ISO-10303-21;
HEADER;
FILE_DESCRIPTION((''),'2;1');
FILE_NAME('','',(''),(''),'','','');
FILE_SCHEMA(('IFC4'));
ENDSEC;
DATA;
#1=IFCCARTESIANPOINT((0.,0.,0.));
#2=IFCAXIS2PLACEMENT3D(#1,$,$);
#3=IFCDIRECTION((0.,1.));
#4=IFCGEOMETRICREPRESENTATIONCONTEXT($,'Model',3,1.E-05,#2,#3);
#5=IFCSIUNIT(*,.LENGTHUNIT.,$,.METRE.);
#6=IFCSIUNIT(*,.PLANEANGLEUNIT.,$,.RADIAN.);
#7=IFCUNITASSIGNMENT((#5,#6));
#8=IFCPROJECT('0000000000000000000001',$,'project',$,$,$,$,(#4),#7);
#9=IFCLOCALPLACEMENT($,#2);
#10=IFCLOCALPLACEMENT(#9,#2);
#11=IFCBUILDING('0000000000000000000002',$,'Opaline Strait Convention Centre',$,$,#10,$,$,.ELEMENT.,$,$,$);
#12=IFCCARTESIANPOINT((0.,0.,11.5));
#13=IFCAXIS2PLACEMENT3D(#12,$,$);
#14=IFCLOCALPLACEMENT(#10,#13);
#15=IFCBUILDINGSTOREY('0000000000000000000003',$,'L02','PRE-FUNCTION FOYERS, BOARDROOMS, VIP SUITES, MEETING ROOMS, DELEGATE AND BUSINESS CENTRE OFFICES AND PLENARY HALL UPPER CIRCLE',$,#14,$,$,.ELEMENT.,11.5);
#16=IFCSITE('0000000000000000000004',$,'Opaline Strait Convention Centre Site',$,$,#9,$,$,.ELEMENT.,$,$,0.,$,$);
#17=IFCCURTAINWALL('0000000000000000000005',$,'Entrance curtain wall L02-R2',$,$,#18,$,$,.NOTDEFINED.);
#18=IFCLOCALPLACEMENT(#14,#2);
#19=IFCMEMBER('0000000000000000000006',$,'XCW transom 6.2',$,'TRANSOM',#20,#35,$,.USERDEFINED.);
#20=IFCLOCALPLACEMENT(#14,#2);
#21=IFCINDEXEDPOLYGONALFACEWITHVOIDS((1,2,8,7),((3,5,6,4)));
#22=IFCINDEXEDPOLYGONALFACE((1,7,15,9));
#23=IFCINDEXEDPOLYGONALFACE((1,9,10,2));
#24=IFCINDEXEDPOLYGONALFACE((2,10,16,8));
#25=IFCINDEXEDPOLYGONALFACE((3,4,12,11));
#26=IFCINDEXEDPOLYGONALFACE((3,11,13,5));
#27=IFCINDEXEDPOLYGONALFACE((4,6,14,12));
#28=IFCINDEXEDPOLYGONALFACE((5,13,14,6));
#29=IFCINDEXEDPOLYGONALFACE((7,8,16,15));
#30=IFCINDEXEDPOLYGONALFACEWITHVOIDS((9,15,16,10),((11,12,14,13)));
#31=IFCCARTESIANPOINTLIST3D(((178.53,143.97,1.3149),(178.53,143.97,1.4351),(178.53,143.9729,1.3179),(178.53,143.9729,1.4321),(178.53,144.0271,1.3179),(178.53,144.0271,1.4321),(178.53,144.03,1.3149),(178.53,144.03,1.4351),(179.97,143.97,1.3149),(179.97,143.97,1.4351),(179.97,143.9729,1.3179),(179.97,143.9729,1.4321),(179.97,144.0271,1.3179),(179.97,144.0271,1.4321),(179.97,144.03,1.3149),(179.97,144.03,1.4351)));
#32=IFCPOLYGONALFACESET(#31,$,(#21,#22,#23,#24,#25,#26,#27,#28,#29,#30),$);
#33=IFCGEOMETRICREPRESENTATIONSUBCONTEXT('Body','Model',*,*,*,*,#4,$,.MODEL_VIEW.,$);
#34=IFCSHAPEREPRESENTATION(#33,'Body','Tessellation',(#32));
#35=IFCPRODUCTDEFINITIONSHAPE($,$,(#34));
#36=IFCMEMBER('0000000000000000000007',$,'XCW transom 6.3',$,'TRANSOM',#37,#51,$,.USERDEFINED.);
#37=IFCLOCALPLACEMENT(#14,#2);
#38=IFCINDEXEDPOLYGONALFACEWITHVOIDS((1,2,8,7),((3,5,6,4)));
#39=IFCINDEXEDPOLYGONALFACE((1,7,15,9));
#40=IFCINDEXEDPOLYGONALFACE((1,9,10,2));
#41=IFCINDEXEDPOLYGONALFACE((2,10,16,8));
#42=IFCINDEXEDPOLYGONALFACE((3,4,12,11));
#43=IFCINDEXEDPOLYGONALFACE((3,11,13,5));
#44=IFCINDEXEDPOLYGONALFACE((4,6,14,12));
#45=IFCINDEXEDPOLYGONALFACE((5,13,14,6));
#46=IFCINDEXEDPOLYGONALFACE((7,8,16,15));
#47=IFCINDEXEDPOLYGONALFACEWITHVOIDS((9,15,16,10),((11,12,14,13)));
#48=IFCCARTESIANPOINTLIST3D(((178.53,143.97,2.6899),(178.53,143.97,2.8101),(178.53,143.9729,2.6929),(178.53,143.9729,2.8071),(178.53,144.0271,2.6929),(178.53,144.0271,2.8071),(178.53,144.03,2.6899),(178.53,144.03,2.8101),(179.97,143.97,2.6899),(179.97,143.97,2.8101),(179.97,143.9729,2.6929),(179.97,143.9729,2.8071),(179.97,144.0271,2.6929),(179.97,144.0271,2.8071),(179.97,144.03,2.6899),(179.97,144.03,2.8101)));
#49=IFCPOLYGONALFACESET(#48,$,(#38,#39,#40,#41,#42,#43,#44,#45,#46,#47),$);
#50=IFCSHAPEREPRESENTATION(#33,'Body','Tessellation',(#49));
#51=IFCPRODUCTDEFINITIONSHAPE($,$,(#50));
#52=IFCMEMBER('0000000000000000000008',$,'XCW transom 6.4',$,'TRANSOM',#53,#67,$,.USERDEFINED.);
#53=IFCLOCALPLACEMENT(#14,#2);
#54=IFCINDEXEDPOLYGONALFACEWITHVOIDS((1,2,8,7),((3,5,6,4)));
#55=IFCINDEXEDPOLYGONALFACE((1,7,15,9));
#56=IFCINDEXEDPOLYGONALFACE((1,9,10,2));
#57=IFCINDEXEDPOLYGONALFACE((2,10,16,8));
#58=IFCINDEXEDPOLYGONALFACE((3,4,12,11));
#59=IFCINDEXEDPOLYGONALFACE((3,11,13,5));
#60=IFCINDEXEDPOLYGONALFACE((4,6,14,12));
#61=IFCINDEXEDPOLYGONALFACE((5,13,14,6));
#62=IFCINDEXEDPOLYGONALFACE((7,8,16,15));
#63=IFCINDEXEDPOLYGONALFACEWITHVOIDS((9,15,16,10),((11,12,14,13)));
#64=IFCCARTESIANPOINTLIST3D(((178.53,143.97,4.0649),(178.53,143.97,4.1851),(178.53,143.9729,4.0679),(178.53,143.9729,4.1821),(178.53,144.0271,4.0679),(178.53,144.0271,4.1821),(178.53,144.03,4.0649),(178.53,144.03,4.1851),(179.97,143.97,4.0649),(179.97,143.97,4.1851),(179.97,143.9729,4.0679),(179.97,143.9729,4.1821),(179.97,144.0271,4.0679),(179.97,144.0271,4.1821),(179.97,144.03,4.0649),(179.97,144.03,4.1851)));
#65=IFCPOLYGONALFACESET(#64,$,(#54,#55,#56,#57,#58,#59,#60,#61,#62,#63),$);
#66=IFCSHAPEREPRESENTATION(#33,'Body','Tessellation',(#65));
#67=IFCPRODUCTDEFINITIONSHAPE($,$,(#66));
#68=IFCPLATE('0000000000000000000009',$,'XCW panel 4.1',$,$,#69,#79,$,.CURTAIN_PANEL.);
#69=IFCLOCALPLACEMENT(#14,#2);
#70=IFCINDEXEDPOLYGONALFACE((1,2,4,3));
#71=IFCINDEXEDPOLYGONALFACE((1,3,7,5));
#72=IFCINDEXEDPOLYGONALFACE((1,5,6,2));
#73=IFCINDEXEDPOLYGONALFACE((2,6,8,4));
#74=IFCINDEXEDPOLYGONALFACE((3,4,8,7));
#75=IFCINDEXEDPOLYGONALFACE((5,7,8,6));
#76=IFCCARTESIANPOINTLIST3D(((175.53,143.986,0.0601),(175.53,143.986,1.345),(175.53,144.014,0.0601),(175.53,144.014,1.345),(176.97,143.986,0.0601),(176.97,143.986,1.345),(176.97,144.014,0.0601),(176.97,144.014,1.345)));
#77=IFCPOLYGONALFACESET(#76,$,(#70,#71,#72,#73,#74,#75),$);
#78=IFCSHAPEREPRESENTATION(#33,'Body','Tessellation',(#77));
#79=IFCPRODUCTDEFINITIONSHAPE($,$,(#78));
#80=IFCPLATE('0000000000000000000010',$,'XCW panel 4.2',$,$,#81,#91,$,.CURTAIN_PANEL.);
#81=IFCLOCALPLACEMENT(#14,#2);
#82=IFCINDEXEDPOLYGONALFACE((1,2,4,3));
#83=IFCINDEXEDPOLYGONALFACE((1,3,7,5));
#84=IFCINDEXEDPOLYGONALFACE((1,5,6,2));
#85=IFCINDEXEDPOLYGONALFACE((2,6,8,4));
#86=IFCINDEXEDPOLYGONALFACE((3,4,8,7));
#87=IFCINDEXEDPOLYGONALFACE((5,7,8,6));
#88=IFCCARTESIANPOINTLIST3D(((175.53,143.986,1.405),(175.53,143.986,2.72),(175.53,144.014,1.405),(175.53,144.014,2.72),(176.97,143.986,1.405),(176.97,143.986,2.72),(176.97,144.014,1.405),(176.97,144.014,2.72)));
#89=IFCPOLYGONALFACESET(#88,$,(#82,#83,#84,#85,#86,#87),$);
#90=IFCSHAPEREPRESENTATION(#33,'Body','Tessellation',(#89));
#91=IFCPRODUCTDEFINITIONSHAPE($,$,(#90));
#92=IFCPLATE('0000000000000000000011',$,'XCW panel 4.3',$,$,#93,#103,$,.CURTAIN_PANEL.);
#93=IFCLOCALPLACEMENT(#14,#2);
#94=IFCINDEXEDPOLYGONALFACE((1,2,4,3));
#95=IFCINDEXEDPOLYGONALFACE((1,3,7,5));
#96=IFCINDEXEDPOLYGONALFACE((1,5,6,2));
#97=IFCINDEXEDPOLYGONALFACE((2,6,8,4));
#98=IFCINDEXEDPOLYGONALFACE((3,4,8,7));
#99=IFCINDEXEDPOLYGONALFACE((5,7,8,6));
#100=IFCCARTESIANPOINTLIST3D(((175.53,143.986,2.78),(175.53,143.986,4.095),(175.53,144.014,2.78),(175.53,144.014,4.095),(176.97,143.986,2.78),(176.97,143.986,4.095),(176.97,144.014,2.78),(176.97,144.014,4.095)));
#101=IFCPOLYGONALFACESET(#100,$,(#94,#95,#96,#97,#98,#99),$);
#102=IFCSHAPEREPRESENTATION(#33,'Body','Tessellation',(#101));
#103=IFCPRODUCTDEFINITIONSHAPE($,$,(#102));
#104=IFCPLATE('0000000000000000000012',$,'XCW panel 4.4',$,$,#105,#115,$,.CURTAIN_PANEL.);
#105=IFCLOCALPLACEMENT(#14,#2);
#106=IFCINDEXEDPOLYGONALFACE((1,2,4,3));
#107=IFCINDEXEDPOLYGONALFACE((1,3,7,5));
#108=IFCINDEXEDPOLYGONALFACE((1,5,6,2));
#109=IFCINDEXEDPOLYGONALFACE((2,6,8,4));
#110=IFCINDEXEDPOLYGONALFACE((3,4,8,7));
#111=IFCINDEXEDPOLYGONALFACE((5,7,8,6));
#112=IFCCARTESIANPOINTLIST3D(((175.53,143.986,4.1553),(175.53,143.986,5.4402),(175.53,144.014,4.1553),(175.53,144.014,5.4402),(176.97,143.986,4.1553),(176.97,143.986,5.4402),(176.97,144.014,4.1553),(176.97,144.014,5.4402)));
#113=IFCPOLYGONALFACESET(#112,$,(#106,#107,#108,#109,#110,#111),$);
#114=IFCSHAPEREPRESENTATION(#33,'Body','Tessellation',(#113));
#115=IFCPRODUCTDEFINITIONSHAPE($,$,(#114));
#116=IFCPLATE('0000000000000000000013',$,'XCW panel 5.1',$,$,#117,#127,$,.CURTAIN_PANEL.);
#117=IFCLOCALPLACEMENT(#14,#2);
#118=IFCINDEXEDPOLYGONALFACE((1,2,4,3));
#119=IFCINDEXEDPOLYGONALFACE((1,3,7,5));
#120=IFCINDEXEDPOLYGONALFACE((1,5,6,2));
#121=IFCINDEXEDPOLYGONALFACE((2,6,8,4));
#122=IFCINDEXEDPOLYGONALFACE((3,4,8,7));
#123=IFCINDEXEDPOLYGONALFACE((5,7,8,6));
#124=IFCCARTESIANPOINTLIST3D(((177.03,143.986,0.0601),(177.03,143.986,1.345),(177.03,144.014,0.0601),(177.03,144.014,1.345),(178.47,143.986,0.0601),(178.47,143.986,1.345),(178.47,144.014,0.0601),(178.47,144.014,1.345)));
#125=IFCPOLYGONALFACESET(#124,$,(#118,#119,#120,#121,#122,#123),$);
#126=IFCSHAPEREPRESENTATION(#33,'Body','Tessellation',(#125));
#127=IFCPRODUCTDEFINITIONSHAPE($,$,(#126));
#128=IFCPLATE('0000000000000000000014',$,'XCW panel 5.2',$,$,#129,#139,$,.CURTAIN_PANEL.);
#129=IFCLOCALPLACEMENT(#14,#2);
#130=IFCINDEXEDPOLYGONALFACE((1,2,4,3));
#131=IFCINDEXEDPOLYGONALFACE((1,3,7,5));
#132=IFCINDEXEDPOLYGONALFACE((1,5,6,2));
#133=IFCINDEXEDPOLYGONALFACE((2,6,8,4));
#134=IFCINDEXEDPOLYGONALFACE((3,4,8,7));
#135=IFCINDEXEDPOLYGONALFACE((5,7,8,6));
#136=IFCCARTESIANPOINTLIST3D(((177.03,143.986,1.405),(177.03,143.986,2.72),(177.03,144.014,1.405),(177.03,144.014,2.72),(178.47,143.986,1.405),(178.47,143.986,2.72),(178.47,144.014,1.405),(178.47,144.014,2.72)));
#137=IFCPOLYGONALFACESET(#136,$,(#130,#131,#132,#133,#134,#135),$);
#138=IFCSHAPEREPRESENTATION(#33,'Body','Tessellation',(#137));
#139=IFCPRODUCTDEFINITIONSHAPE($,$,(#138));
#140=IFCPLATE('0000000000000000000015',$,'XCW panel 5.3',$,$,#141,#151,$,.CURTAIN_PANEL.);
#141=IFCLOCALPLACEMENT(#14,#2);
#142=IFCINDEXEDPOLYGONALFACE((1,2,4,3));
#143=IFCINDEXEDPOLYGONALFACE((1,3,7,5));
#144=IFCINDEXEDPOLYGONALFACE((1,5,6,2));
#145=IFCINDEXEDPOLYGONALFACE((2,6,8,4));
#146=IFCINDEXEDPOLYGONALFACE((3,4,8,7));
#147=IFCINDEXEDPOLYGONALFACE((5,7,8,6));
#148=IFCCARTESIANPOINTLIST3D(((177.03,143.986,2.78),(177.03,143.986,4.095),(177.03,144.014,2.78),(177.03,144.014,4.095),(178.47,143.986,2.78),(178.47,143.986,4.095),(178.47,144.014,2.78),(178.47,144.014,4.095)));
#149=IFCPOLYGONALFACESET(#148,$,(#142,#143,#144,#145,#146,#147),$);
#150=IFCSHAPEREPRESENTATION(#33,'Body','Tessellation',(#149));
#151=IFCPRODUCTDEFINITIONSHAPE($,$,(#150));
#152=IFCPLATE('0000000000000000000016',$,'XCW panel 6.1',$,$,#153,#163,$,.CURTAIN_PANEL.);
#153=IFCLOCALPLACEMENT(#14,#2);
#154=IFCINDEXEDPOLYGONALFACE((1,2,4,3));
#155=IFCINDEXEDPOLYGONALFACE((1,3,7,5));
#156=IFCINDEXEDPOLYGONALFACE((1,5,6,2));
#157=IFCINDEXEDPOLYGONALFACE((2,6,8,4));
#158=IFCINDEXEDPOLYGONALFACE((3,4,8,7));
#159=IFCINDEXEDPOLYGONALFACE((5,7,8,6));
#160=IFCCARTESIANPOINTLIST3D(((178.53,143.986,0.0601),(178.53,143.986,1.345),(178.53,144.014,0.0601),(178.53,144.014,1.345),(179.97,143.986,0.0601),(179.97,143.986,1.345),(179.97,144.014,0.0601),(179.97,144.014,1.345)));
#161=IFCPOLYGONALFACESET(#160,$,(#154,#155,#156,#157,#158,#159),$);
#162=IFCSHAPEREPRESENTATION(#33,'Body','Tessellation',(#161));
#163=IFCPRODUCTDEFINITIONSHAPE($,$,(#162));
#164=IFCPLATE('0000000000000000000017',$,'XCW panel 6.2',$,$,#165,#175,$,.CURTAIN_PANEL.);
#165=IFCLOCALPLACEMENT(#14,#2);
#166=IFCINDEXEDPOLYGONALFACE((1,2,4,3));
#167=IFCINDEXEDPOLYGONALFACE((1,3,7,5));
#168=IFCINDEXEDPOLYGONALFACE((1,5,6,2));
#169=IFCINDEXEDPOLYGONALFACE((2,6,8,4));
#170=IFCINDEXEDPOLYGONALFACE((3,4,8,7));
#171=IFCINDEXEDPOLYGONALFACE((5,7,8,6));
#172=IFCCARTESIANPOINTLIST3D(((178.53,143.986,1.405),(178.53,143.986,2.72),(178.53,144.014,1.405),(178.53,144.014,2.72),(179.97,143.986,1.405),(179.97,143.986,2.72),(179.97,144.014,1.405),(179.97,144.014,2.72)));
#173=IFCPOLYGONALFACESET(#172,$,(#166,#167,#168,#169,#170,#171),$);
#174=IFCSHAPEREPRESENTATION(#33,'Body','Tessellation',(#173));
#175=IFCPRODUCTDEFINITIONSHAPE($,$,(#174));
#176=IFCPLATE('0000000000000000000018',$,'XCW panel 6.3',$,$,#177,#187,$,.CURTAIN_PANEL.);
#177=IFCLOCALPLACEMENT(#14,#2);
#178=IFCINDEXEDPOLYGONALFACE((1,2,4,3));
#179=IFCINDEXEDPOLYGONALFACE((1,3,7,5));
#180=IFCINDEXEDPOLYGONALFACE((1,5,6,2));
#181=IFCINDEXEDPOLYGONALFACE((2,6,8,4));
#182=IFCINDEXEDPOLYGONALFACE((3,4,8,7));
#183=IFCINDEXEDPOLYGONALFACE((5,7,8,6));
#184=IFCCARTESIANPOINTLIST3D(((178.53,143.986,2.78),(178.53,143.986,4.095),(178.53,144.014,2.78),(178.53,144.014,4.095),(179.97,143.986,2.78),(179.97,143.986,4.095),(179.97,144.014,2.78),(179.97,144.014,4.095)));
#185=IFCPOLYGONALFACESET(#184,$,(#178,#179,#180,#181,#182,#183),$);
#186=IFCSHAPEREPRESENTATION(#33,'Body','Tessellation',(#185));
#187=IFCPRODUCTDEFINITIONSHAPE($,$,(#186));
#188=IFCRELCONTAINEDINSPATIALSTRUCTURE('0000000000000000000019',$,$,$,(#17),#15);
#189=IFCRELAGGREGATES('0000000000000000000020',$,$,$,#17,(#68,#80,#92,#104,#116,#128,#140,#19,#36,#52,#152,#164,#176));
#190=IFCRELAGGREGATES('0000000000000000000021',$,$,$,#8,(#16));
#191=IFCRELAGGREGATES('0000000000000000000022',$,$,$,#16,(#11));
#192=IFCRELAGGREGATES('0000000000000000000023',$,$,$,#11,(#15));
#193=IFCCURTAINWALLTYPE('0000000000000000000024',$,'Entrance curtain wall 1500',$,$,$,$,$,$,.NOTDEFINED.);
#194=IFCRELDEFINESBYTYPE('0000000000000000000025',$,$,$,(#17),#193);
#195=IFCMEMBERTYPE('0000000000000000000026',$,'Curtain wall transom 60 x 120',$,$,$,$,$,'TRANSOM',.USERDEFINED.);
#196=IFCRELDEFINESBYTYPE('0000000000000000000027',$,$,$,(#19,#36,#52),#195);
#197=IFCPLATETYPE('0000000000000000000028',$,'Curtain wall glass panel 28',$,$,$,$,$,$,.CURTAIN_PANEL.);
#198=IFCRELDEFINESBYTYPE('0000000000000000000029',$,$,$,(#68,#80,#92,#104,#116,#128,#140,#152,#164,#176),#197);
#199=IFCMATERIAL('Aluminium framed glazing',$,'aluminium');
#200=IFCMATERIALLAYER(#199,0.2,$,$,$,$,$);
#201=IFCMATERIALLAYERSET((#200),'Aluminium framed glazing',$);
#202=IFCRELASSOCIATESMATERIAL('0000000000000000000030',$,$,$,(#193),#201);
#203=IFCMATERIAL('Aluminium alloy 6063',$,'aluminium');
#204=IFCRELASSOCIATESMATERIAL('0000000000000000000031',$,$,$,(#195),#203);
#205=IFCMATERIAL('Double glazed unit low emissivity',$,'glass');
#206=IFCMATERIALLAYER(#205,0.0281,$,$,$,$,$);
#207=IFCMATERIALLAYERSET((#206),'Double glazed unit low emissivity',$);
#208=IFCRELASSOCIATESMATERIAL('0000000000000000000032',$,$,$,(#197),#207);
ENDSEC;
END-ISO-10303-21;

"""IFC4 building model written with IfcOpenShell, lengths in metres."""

from ifc_helpers import new_model, si_unit, direction, frame, origin, origin_2d, place, context, subcontext, project, spatial, rectangle, hollow_rectangle, extrude, material, layer, layer_set, material_profile, profile_set, type_object, element, aggregate, save


model = new_model("IFC4")

# Units and contexts
model_context = context("Model", 3, precision=1e-05, world=origin(), true_north=direction((0.0, 1.0)))
body_context = subcontext(model_context, "Body", "Model", "MODEL_VIEW")
ifc_project = project(units=[si_unit("LENGTHUNIT", "METRE"), si_unit("PLANEANGLEUNIT", "RADIAN")], contexts=[model_context])

# Site, building, storey
site_placement = place(None, origin())
site = spatial("IfcSite", under=ifc_project, at=site_placement, Name="Opaline Strait Convention Centre Site", CompositionType="ELEMENT", RefElevation=0.0)
building_placement = place(site_placement, origin())
building = spatial("IfcBuilding", under=site, at=building_placement, Name="Opaline Strait Convention Centre", CompositionType="ELEMENT")
storey_placement = place(building_placement, frame((0.0, 0.0, 11.5)))
storey = spatial("IfcBuildingStorey", under=building, at=storey_placement, Name="L02", Description="PRE-FUNCTION FOYERS, BOARDROOMS, VIP SUITES, MEETING ROOMS, DELEGATE AND BUSINESS CENTRE OFFICES AND PLENARY HALL UPPER CIRCLE", CompositionType="ELEMENT", Elevation=11.5)

# Curtain wall, members, plates
ifc_material_1 = material(Name="Aluminium framed glazing", Category="aluminium")
ifc_layer_1 = layer(ifc_material_1, 0.2)
ifc_layer_set_1 = layer_set([ifc_layer_1], Name="Aluminium framed glazing")
curtain_wall_type = type_object("IfcCurtainWallType", Name="Entrance curtain wall 1500", PredefinedType="NOTDEFINED", material=ifc_layer_set_1)
curtain_wall_placement = place(storey_placement, origin())
curtain_wall = element("IfcCurtainWall", 1, at=curtain_wall_placement, inside=storey, type_object=curtain_wall_type, Name="Entrance curtain wall L02-R2", PredefinedType="NOTDEFINED")
ifc_material_2 = material(Name="Aluminium alloy 6063", Category="aluminium")
ifc_material_profile_1 = material_profile(ifc_material_2, hollow_rectangle(XDim=0.0601, YDim=0.1201, WallThickness=0.0029, at=origin_2d()), Name="TRANSOM 60x120x3")
ifc_profile_set_1 = profile_set([ifc_material_profile_1], Name="Aluminium alloy 6063")
member_type_1 = type_object("IfcMemberType", Name="Curtain wall transom 60 x 120", ElementType="TRANSOM", PredefinedType="USERDEFINED", material=ifc_profile_set_1)
member_1_placement = place(storey_placement, frame((178.53, 144.0, 1.375), z_axis=(1.0, 0.0, 0.0), x_axis=(0.0, 1.0, 0.0)))
member_1 = element("IfcMember", 2, at=member_1_placement, type_object=member_type_1, Name="XCW transom 6.2", ObjectType="TRANSOM", PredefinedType="USERDEFINED", context=body_context, shape_type="SweptSolid", body=[
    extrude(hollow_rectangle(XDim=0.0601, YDim=0.1201, WallThickness=0.0029, at=origin_2d()), origin(), (0.0, 0.0, 1.0), 1.4399),
])
member_2_placement = place(storey_placement, frame((178.53, 144.0, 2.75), z_axis=(1.0, 0.0, 0.0), x_axis=(0.0, 1.0, 0.0)))
member_2 = element("IfcMember", 3, at=member_2_placement, type_object=member_type_1, Name="XCW transom 6.3", ObjectType="TRANSOM", PredefinedType="USERDEFINED", context=body_context, shape_type="SweptSolid", body=[
    extrude(hollow_rectangle(XDim=0.0601, YDim=0.1201, WallThickness=0.0029, at=origin_2d()), origin(), (0.0, 0.0, 1.0), 1.4399),
])
member_3_placement = place(storey_placement, frame((178.53, 144.0, 4.125), z_axis=(1.0, 0.0, 0.0), x_axis=(0.0, 1.0, 0.0)))
member_3 = element("IfcMember", 4, at=member_3_placement, type_object=member_type_1, Name="XCW transom 6.4", ObjectType="TRANSOM", PredefinedType="USERDEFINED", context=body_context, shape_type="SweptSolid", body=[
    extrude(hollow_rectangle(XDim=0.0601, YDim=0.1201, WallThickness=0.0029, at=origin_2d()), origin(), (0.0, 0.0, 1.0), 1.4399),
])
ifc_material_3 = material(Name="Double glazed unit low emissivity", Category="glass")
ifc_layer_2 = layer(ifc_material_3, 0.0281)
ifc_layer_set_2 = layer_set([ifc_layer_2], Name="Double glazed unit low emissivity")
plate_type = type_object("IfcPlateType", Name="Curtain wall glass panel 28", PredefinedType="CURTAIN_PANEL", material=ifc_layer_set_2)
plate_1_placement = place(storey_placement, frame((176.25, 144.0, 0.0601), z_axis=(0.0, 0.0, 1.0), x_axis=(1.0, 0.0, 0.0)))
plate_1 = element("IfcPlate", 5, at=plate_1_placement, type_object=plate_type, Name="XCW panel 4.1", PredefinedType="CURTAIN_PANEL", context=body_context, shape_type="SweptSolid", body=[
    extrude(rectangle(XDim=1.4399, YDim=0.0281, at=origin_2d()), origin(), (0.0, 0.0, 1.0), 1.2849),
])
plate_2_placement = place(storey_placement, frame((176.25, 144.0, 1.405), z_axis=(0.0, 0.0, 1.0), x_axis=(1.0, 0.0, 0.0)))
plate_2 = element("IfcPlate", 6, at=plate_2_placement, type_object=plate_type, Name="XCW panel 4.2", PredefinedType="CURTAIN_PANEL", context=body_context, shape_type="SweptSolid", body=[
    extrude(rectangle(XDim=1.4399, YDim=0.0281, at=origin_2d()), origin(), (0.0, 0.0, 1.0), 1.3149),
])
plate_3_placement = place(storey_placement, frame((176.25, 144.0, 2.78), z_axis=(0.0, 0.0, 1.0), x_axis=(1.0, 0.0, 0.0)))
plate_3 = element("IfcPlate", 7, at=plate_3_placement, type_object=plate_type, Name="XCW panel 4.3", PredefinedType="CURTAIN_PANEL", context=body_context, shape_type="SweptSolid", body=[
    extrude(rectangle(XDim=1.4399, YDim=0.0281, at=origin_2d()), origin(), (0.0, 0.0, 1.0), 1.3149),
])
plate_4_placement = place(storey_placement, frame((176.25, 144.0, 4.1553), z_axis=(0.0, 0.0, 1.0), x_axis=(1.0, 0.0, 0.0)))
plate_4 = element("IfcPlate", 8, at=plate_4_placement, type_object=plate_type, Name="XCW panel 4.4", PredefinedType="CURTAIN_PANEL", context=body_context, shape_type="SweptSolid", body=[
    extrude(rectangle(XDim=1.4399, YDim=0.0281, at=origin_2d()), origin(), (0.0, 0.0, 1.0), 1.2849),
])
plate_5_placement = place(storey_placement, frame((177.75, 144.0, 0.0601), z_axis=(0.0, 0.0, 1.0), x_axis=(1.0, 0.0, 0.0)))
plate_5 = element("IfcPlate", 9, at=plate_5_placement, type_object=plate_type, Name="XCW panel 5.1", PredefinedType="CURTAIN_PANEL", context=body_context, shape_type="SweptSolid", body=[
    extrude(rectangle(XDim=1.4399, YDim=0.0281, at=origin_2d()), origin(), (0.0, 0.0, 1.0), 1.2849),
])
plate_6_placement = place(storey_placement, frame((177.75, 144.0, 1.405), z_axis=(0.0, 0.0, 1.0), x_axis=(1.0, 0.0, 0.0)))
plate_6 = element("IfcPlate", 10, at=plate_6_placement, type_object=plate_type, Name="XCW panel 5.2", PredefinedType="CURTAIN_PANEL", context=body_context, shape_type="SweptSolid", body=[
    extrude(rectangle(XDim=1.4399, YDim=0.0281, at=origin_2d()), origin(), (0.0, 0.0, 1.0), 1.3149),
])
plate_7_placement = place(storey_placement, frame((177.75, 144.0, 2.78), z_axis=(0.0, 0.0, 1.0), x_axis=(1.0, 0.0, 0.0)))
plate_7 = element("IfcPlate", 11, at=plate_7_placement, type_object=plate_type, Name="XCW panel 5.3", PredefinedType="CURTAIN_PANEL", context=body_context, shape_type="SweptSolid", body=[
    extrude(rectangle(XDim=1.4399, YDim=0.0281, at=origin_2d()), origin(), (0.0, 0.0, 1.0), 1.3149),
])
plate_8_placement = place(storey_placement, frame((179.25, 144.0, 0.0601), z_axis=(0.0, 0.0, 1.0), x_axis=(1.0, 0.0, 0.0)))
plate_8 = element("IfcPlate", 12, at=plate_8_placement, type_object=plate_type, Name="XCW panel 6.1", PredefinedType="CURTAIN_PANEL", context=body_context, shape_type="SweptSolid", body=[
    extrude(rectangle(XDim=1.4399, YDim=0.0281, at=origin_2d()), origin(), (0.0, 0.0, 1.0), 1.2849),
])
plate_9_placement = place(storey_placement, frame((179.25, 144.0, 1.405), z_axis=(0.0, 0.0, 1.0), x_axis=(1.0, 0.0, 0.0)))
plate_9 = element("IfcPlate", 13, at=plate_9_placement, type_object=plate_type, Name="XCW panel 6.2", PredefinedType="CURTAIN_PANEL", context=body_context, shape_type="SweptSolid", body=[
    extrude(rectangle(XDim=1.4399, YDim=0.0281, at=origin_2d()), origin(), (0.0, 0.0, 1.0), 1.3149),
])
plate_10_placement = place(storey_placement, frame((179.25, 144.0, 2.78), z_axis=(0.0, 0.0, 1.0), x_axis=(1.0, 0.0, 0.0)))
plate_10 = element("IfcPlate", 14, at=plate_10_placement, type_object=plate_type, Name="XCW panel 6.3", PredefinedType="CURTAIN_PANEL", context=body_context, shape_type="SweptSolid", body=[
    extrude(rectangle(XDim=1.4399, YDim=0.0281, at=origin_2d()), origin(), (0.0, 0.0, 1.0), 1.3149),
])
aggregate(curtain_wall, [plate_1, plate_2, plate_3, plate_4, plate_5, plate_6, plate_7, member_1, member_2, member_3, plate_8, plate_9, plate_10])

save(model, "model.ifc")
